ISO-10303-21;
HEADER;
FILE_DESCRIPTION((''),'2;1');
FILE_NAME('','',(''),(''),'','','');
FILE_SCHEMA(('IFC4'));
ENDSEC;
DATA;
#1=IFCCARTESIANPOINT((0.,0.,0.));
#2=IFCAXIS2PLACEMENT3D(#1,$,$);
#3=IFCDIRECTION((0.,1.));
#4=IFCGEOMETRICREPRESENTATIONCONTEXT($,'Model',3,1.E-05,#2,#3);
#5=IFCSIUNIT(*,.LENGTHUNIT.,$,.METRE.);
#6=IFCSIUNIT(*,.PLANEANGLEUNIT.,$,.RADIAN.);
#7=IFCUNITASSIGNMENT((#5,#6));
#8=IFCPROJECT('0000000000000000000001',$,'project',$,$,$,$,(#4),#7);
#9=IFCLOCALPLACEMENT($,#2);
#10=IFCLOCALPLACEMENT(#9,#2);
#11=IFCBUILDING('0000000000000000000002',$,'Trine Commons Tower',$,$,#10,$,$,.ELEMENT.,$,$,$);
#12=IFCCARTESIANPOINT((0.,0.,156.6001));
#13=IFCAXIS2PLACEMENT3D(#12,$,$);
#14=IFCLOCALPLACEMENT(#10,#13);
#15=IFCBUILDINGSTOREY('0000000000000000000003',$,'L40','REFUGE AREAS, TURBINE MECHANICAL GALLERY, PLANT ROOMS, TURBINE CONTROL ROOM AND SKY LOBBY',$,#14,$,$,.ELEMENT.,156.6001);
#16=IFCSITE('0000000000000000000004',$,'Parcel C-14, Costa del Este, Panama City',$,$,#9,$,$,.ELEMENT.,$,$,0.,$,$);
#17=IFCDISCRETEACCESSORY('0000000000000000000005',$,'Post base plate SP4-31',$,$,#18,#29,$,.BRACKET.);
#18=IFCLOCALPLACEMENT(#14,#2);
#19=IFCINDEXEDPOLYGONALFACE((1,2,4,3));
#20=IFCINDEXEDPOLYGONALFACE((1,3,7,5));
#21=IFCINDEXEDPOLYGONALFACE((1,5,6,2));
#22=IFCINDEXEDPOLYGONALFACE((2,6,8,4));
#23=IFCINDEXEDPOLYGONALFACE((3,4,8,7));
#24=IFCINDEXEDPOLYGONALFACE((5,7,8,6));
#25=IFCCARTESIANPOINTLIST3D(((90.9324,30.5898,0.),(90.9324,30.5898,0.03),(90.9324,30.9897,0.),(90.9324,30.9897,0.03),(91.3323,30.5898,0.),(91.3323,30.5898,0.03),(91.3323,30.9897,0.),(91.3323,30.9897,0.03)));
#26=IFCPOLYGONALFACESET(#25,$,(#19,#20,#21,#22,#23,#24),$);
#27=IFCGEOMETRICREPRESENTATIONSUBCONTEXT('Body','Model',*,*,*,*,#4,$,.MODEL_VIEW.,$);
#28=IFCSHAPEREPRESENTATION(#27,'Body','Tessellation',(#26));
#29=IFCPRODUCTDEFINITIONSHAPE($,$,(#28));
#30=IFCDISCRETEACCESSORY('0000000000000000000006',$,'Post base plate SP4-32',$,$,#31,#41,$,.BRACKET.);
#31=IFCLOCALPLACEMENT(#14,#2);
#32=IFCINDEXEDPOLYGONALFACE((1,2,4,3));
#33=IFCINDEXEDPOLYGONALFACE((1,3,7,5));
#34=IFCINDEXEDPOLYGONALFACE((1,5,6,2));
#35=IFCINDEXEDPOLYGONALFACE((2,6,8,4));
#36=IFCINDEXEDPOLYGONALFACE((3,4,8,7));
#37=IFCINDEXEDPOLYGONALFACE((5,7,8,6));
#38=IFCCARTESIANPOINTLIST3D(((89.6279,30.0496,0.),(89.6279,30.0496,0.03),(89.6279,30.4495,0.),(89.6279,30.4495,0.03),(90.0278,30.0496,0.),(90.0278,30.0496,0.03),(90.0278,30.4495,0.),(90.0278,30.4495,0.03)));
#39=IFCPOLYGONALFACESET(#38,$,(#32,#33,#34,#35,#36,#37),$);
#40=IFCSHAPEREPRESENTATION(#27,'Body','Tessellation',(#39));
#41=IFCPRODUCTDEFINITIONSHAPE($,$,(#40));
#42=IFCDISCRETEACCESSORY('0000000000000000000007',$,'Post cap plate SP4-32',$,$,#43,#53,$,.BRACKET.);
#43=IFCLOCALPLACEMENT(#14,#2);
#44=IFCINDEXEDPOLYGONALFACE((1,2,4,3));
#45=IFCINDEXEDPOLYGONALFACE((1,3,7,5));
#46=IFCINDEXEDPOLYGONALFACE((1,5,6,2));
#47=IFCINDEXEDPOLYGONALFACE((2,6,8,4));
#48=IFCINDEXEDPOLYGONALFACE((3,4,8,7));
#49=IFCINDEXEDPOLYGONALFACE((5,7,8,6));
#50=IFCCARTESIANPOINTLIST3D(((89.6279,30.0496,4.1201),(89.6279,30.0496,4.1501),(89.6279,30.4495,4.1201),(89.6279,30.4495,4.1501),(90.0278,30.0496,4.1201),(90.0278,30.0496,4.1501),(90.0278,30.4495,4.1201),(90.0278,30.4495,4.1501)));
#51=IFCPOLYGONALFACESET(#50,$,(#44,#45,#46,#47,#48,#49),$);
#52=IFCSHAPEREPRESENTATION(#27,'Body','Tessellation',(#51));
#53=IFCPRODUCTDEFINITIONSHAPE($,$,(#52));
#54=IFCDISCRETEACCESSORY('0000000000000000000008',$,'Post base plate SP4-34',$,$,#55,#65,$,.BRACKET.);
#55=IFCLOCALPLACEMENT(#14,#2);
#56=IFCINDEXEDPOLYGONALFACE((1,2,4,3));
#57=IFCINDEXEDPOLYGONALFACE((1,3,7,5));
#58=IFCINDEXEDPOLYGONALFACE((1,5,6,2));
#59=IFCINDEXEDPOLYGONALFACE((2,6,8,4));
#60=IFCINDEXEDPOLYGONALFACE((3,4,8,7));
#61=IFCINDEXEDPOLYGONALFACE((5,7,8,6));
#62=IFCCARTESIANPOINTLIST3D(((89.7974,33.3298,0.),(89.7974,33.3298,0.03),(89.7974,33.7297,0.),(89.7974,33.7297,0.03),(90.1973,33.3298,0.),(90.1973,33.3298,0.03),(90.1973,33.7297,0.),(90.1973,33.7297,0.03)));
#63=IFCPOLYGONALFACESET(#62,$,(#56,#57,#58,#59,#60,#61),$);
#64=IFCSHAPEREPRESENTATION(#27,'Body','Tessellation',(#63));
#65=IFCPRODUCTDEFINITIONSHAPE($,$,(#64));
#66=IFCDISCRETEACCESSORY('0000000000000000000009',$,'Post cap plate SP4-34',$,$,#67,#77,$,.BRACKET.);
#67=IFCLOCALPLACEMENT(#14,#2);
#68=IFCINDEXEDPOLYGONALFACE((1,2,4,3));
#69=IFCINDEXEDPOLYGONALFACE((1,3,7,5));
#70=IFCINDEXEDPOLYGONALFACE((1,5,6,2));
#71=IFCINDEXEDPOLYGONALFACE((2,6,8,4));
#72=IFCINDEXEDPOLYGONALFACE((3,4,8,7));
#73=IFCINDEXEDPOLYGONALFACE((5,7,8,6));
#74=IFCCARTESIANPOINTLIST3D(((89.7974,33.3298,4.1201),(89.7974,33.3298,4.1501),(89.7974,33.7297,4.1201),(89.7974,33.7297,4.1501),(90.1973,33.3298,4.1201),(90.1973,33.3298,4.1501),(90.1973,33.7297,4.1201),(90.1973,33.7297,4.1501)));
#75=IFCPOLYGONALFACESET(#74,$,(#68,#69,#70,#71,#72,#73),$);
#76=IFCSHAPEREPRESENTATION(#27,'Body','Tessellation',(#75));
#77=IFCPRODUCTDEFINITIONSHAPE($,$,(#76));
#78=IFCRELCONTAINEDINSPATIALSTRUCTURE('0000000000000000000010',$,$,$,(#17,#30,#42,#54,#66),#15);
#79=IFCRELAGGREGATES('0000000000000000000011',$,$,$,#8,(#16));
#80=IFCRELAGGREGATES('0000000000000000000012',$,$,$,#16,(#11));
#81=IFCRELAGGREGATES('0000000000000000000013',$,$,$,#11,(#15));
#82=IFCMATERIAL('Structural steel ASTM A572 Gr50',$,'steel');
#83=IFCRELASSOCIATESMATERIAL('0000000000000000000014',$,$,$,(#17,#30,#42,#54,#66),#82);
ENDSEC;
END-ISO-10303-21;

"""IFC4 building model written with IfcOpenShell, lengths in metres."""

from ifc_helpers import new_model, si_unit, direction, frame, origin, origin_2d, place, context, subcontext, project, spatial, rectangle, extrude, material, element, save


model = new_model("IFC4")

# Units and contexts
model_context = context("Model", 3, precision=1e-05, world=origin(), true_north=direction((0.0, 1.0)))
body_context = subcontext(model_context, "Body", "Model", "MODEL_VIEW")
ifc_project = project(units=[si_unit("LENGTHUNIT", "METRE"), si_unit("PLANEANGLEUNIT", "RADIAN")], contexts=[model_context])

# Site, building, storey
site_placement = place(None, origin())
site = spatial("IfcSite", under=ifc_project, at=site_placement, Name="Parcel C-14, Costa del Este, Panama City", CompositionType="ELEMENT", RefElevation=0.0)
building_placement = place(site_placement, origin())
building = spatial("IfcBuilding", under=site, at=building_placement, Name="Trine Commons Tower", CompositionType="ELEMENT")
storey_placement = place(building_placement, frame((0.0, 0.0, 156.6001)))
storey = spatial("IfcBuildingStorey", under=building, at=storey_placement, Name="L40", Description="REFUGE AREAS, TURBINE MECHANICAL GALLERY, PLANT ROOMS, TURBINE CONTROL ROOM AND SKY LOBBY", CompositionType="ELEMENT", Elevation=156.6001)

# Discrete accessories
ifc_material_1 = material(Name="Structural steel ASTM A572 Gr50", Category="steel")
for number, where, z_axis, x_axis, name in (
    (1, (91.1323, 30.7898, 0.0), (0.0, 0.0, 1.0), (1.0, 0.0, 0.0), "Post base plate SP4-31"),
    (2, (89.8279, 30.2495, 0.0), (0.0, 0.0, 1.0), (1.0, 0.0, 0.0), "Post base plate SP4-32"),
    (3, (89.8279, 30.2495, 4.1201), (0.0, 0.0, 1.0), (1.0, 0.0, 0.0), "Post cap plate SP4-32"),
    (4, (89.9973, 33.5298, 0.0), (0.0, 0.0, 1.0), (1.0, 0.0, 0.0), "Post base plate SP4-34"),
    (5, (89.9973, 33.5298, 4.1201), (0.0, 0.0, 1.0), (1.0, 0.0, 0.0), "Post cap plate SP4-34"),
):
    element("IfcDiscreteAccessory", number, at=place(storey_placement, frame(where, z_axis=z_axis, x_axis=x_axis)), inside=storey, material=ifc_material_1, Name=name, PredefinedType="BRACKET", context=body_context, shape_type="SweptSolid", body=[
        extrude(rectangle(XDim=0.3999, YDim=0.3999, at=origin_2d()), origin(), (0.0, 0.0, 1.0), 0.03),
    ])

save(model, "model.ifc")
